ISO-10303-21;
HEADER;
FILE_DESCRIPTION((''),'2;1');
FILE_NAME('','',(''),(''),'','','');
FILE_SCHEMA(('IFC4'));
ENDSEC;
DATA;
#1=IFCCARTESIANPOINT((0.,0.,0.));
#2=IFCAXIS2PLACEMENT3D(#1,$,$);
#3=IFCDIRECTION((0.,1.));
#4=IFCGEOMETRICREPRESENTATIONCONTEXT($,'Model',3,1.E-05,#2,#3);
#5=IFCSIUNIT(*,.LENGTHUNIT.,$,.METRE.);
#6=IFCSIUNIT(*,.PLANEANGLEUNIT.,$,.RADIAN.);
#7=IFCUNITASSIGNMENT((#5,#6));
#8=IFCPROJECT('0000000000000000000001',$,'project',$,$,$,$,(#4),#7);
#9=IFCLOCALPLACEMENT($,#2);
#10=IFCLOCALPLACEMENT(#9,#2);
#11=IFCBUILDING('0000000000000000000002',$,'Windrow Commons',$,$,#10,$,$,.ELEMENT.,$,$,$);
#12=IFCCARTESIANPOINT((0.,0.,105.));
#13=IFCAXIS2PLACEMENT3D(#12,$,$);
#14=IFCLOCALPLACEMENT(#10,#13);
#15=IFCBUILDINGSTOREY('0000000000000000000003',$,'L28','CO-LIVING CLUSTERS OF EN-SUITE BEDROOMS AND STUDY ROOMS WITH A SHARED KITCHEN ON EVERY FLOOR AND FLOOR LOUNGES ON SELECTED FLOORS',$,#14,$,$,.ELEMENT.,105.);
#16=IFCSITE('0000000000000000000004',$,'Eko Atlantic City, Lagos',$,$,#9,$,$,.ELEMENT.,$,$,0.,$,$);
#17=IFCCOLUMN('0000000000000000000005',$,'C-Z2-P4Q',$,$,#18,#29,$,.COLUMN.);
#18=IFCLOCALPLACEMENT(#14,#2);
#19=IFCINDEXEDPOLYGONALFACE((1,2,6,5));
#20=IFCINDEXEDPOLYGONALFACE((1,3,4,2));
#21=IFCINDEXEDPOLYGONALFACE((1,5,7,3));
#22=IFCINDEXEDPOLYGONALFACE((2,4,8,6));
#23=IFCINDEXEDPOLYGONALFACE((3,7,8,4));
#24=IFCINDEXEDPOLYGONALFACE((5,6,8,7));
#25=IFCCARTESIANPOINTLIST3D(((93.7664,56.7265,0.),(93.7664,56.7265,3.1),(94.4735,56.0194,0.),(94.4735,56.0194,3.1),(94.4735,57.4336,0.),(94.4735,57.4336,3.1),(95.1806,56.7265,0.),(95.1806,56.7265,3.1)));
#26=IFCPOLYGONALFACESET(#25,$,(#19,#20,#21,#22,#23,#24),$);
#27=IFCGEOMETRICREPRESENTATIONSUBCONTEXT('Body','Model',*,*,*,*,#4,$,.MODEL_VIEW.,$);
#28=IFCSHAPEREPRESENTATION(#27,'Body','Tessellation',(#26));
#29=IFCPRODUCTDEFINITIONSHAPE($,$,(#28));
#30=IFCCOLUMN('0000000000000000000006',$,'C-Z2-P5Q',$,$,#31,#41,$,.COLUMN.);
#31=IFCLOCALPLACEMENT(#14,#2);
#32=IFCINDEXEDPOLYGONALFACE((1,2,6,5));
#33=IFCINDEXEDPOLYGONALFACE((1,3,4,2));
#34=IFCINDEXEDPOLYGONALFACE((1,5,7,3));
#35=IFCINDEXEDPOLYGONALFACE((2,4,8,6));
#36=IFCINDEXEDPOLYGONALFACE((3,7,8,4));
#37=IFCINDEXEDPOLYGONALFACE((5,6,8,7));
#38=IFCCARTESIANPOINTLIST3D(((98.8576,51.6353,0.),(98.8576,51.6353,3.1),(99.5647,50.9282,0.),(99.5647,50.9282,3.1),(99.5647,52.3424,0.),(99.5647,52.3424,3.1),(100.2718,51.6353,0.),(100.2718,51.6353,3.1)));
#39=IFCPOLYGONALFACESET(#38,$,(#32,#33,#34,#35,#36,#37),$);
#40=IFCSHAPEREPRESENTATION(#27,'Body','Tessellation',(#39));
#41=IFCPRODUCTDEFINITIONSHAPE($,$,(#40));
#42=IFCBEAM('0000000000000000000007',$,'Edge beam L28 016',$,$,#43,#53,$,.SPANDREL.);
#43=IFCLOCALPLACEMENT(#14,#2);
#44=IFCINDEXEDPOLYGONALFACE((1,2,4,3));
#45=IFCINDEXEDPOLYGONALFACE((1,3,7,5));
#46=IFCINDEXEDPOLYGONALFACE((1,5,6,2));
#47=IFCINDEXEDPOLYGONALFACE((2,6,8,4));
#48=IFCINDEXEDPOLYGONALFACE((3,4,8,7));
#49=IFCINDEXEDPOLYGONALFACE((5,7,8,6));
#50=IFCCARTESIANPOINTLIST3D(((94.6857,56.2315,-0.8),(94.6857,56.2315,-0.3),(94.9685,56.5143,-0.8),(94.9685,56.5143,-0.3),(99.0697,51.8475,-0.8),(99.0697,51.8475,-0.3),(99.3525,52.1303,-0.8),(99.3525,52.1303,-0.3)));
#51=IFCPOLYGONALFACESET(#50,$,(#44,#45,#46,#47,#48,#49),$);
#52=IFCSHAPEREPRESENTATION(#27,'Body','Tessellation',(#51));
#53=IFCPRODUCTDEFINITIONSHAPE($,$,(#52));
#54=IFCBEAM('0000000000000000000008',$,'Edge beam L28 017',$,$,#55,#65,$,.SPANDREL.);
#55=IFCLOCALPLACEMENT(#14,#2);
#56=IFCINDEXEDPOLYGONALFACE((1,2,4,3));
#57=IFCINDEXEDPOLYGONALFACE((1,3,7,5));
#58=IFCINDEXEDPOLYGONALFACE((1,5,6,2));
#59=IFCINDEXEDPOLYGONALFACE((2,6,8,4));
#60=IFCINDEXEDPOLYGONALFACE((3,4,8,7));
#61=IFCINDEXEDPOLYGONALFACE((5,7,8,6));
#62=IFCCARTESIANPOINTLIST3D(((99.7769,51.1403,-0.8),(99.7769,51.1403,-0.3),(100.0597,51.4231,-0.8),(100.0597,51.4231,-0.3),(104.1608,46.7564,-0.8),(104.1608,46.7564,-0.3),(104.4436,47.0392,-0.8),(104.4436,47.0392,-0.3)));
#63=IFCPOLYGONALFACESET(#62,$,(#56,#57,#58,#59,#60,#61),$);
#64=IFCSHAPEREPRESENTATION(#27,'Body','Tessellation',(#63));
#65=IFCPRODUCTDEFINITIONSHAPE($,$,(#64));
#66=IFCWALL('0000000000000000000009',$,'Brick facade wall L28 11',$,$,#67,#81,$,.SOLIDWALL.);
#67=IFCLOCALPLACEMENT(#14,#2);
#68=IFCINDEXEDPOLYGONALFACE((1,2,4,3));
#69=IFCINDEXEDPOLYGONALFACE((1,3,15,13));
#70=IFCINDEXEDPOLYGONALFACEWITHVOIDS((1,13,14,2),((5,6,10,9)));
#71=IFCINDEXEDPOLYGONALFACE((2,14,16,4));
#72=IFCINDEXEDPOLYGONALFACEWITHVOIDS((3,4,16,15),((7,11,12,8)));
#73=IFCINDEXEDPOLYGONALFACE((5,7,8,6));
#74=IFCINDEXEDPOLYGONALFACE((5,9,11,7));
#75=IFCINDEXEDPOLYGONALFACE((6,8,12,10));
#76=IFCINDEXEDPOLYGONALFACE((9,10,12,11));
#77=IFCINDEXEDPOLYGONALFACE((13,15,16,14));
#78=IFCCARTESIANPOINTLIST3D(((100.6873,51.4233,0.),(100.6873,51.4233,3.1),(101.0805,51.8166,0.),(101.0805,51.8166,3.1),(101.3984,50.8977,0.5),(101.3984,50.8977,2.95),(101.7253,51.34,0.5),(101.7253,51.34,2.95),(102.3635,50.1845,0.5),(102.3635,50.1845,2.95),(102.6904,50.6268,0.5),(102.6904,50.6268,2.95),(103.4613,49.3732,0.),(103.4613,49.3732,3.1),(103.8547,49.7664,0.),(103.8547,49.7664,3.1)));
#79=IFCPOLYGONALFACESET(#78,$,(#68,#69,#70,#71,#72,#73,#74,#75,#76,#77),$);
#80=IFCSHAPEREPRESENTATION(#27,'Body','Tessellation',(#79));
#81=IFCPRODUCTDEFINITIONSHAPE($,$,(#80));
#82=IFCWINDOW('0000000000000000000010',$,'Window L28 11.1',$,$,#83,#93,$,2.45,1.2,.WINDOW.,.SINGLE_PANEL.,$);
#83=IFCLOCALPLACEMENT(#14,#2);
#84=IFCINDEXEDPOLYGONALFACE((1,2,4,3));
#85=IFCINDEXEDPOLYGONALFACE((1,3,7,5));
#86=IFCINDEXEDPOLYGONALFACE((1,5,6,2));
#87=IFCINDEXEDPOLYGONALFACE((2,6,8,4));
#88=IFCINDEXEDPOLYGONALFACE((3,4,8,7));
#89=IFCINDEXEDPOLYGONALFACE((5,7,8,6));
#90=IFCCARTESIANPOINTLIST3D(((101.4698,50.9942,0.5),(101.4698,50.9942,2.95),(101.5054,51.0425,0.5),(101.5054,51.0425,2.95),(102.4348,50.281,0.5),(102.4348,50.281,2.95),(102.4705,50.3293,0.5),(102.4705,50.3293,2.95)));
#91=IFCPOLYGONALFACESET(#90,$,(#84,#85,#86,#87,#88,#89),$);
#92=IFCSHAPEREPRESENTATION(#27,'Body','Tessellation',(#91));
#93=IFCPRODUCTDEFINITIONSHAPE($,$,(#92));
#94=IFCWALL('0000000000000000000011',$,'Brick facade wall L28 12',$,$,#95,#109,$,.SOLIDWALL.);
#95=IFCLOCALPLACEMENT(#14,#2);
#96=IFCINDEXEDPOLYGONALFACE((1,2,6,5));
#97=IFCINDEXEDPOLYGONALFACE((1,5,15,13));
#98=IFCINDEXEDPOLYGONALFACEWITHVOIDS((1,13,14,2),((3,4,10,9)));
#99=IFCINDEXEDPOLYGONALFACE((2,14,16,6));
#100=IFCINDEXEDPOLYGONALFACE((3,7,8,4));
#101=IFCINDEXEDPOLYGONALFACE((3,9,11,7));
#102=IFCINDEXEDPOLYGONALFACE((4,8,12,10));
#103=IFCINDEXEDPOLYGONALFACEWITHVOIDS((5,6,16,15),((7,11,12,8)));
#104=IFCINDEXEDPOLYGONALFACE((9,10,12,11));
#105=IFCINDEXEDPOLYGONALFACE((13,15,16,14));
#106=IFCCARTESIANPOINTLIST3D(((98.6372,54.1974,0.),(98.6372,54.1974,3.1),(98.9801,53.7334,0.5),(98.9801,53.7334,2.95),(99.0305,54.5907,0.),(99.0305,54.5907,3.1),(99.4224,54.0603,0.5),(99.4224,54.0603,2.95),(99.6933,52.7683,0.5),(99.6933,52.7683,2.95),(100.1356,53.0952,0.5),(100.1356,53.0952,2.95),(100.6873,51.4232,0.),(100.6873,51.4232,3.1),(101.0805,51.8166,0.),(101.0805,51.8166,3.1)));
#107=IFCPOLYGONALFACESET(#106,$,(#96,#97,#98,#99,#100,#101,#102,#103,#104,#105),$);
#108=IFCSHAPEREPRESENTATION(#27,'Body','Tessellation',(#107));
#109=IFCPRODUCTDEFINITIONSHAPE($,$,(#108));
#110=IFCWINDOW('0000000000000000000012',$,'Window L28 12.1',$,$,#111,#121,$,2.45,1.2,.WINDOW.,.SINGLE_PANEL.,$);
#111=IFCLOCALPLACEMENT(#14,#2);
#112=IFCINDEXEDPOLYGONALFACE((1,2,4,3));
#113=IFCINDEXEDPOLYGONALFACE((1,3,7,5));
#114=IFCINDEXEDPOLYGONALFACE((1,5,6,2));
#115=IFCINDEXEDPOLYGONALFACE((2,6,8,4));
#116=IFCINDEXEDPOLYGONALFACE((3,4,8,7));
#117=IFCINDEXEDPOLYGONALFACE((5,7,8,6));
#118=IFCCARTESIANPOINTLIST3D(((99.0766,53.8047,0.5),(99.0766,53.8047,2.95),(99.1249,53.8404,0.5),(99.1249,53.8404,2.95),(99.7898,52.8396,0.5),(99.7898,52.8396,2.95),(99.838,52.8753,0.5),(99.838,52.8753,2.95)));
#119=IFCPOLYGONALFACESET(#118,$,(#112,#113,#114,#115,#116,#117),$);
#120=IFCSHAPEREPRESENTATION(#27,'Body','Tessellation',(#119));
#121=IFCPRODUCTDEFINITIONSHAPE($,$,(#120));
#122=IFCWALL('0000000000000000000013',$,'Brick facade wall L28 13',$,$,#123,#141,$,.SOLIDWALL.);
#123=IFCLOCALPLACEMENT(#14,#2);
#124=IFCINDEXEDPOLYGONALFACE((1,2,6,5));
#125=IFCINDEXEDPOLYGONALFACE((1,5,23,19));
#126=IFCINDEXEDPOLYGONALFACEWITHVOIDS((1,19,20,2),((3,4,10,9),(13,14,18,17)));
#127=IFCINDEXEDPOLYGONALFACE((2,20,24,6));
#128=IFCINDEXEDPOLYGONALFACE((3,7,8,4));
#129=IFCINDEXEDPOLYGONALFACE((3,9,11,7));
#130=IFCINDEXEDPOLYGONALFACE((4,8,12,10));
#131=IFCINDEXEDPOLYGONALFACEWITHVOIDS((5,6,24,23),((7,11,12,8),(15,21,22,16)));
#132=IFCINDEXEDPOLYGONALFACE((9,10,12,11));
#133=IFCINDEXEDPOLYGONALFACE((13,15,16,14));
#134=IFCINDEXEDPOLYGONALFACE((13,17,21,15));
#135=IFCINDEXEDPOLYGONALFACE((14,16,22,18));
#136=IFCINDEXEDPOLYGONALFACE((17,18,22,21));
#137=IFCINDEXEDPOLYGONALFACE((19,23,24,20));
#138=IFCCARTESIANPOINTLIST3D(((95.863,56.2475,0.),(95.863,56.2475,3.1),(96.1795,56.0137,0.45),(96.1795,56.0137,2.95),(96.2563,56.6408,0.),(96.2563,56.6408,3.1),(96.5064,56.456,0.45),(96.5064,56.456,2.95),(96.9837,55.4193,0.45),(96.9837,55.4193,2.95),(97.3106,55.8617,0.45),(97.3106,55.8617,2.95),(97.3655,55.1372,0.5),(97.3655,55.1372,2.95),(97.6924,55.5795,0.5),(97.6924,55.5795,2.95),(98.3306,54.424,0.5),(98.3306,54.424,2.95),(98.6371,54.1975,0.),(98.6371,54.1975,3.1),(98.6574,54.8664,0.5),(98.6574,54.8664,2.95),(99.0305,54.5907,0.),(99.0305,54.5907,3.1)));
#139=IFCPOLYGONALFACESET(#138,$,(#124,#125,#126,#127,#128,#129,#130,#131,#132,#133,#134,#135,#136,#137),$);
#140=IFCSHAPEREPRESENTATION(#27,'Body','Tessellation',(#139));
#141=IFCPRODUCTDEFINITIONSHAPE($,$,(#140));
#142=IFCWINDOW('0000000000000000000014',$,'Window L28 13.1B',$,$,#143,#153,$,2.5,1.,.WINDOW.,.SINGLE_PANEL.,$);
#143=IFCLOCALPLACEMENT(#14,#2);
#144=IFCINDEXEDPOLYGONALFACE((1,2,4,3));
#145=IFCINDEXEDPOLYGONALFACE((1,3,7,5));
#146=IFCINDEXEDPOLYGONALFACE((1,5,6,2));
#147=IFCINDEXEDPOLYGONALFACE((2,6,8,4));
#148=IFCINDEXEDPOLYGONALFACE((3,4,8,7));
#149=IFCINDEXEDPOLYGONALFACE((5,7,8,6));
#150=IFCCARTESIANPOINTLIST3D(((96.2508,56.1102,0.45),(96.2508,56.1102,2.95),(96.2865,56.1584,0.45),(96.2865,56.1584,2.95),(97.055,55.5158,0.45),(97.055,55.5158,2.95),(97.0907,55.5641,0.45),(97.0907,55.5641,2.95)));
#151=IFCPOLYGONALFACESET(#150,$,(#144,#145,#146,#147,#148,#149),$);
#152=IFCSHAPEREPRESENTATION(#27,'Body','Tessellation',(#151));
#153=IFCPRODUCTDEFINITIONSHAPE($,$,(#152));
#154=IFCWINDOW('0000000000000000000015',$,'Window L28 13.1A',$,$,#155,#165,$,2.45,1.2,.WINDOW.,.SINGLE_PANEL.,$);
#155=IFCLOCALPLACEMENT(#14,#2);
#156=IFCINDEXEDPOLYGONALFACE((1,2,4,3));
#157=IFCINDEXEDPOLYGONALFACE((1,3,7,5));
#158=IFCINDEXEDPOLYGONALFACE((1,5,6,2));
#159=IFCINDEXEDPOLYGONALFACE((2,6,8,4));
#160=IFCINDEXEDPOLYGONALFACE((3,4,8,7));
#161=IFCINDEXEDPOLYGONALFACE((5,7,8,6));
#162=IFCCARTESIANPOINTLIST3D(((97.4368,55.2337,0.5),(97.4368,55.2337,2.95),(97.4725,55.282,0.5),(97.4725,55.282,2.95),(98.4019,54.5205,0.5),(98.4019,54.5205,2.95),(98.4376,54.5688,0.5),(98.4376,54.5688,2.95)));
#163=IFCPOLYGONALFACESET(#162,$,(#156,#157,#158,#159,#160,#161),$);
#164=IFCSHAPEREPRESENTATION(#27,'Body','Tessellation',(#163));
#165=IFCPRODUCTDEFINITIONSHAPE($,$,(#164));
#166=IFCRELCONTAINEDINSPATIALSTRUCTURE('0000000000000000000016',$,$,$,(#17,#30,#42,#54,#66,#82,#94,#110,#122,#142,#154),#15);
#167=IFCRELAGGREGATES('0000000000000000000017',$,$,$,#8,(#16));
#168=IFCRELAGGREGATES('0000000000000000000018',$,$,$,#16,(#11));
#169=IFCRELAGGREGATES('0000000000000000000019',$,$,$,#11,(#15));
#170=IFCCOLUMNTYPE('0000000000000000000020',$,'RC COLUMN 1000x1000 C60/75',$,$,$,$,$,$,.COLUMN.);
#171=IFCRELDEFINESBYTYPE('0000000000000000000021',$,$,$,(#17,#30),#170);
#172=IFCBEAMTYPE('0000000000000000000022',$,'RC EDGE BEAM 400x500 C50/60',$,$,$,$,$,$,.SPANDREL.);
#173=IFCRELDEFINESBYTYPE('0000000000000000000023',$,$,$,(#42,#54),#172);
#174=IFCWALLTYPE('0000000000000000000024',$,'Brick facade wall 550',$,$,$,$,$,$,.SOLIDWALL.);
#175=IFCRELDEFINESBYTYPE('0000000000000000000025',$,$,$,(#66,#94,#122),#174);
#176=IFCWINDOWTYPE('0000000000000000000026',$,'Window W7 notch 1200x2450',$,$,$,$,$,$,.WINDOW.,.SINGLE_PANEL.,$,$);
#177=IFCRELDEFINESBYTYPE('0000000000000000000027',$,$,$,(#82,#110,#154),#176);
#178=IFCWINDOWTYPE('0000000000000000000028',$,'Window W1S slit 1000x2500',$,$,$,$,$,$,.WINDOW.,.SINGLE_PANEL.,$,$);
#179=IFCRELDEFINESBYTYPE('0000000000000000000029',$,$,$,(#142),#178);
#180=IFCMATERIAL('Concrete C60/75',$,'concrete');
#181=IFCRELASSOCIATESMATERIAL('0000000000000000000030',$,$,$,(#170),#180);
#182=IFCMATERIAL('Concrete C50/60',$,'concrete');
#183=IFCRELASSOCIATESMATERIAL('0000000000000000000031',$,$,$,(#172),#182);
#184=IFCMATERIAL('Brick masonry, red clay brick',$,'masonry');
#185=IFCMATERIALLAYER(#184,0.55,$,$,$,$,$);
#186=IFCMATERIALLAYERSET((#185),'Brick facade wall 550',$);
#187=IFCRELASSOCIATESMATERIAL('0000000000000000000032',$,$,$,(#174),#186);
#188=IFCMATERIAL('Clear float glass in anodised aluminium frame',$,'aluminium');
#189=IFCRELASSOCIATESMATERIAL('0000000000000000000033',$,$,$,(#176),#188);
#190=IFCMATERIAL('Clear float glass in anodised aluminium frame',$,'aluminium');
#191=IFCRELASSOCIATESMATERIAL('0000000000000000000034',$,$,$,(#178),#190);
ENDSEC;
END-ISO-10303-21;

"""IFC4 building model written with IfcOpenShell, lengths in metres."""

from ifc_helpers import new_model, si_unit, direction, frame, frame_2d, origin, origin_2d, place, context, subcontext, project, spatial, polyline, rectangle, outline, extrude, material, layer, layer_set, material_profile, profile_set, type_object, element, fill, save


model = new_model("IFC4")

# Units and contexts
model_context = context("Model", 3, precision=1e-05, world=origin(), true_north=direction((0.0, 1.0)))
body_context = subcontext(model_context, "Body", "Model", "MODEL_VIEW")
ifc_project = project(units=[si_unit("LENGTHUNIT", "METRE"), si_unit("PLANEANGLEUNIT", "RADIAN")], contexts=[model_context])

# Site, building, storey
site_placement = place(None, origin())
site = spatial("IfcSite", under=ifc_project, at=site_placement, Name="Eko Atlantic City, Lagos", CompositionType="ELEMENT", RefElevation=0.0)
building_placement = place(site_placement, origin())
building = spatial("IfcBuilding", under=site, at=building_placement, Name="Windrow Commons", CompositionType="ELEMENT")
storey_placement = place(building_placement, frame((0.0, 0.0, 105.0)))
storey = spatial("IfcBuildingStorey", under=building, at=storey_placement, Name="L28", Description="CO-LIVING CLUSTERS OF EN-SUITE BEDROOMS AND STUDY ROOMS WITH A SHARED KITCHEN ON EVERY FLOOR AND FLOOR LOUNGES ON SELECTED FLOORS", CompositionType="ELEMENT", Elevation=105.0)

# Columns
ifc_material_1 = material(Name="Concrete C60/75", Category="concrete")
ifc_material_profile_1 = material_profile(ifc_material_1, rectangle(XDim=1.0, YDim=1.0, at=origin_2d()))
ifc_profile_set_1 = profile_set([ifc_material_profile_1], Name="Concrete C60/75")
column_type = type_object("IfcColumnType", Name="RC COLUMN 1000x1000 C60/75", PredefinedType="COLUMN", material=ifc_profile_set_1)
for number, where, z_axis, x_axis, name in (
    (1, (94.4735, 56.7265, 0.0), (0.0, 0.0, 1.0), (0.707107, -0.707107, 0.0), "C-Z2-P4Q"),
    (2, (99.5647, 51.6353, 0.0), (0.0, 0.0, 1.0), (0.707107, -0.707107, 0.0), "C-Z2-P5Q"),
):
    element("IfcColumn", number, at=place(storey_placement, frame(where, z_axis=z_axis, x_axis=x_axis)), inside=storey, type_object=column_type, Name=name, PredefinedType="COLUMN", context=body_context, shape_type="SweptSolid", body=[
        extrude(rectangle(XDim=1.0, YDim=1.0, at=origin_2d()), origin(), (0.0, 0.0, 1.0), 3.1),
    ])

# Beams
ifc_material_2 = material(Name="Concrete C50/60", Category="concrete")
ifc_material_profile_2 = material_profile(ifc_material_2, rectangle(XDim=0.4, YDim=0.5, at=origin_2d()))
ifc_profile_set_2 = profile_set([ifc_material_profile_2], Name="Concrete C50/60")
beam_type = type_object("IfcBeamType", Name="RC EDGE BEAM 400x500 C50/60", PredefinedType="SPANDREL", material=ifc_profile_set_2)
beam_1_placement = place(storey_placement, frame((94.8271, 56.3729, -0.55), z_axis=(0.707107, -0.707107, 0.0), x_axis=(0.707107, 0.707107, 0.0)))
element("IfcBeam", 3, at=beam_1_placement, inside=storey, type_object=beam_type, Name="Edge beam L28 016", PredefinedType="SPANDREL", context=body_context, shape_type="SweptSolid", body=[
    extrude(rectangle(XDim=0.4, YDim=0.5, at=origin_2d()), origin(), (0.0, 0.0, 1.0), 6.1999),
])
beam_2_placement = place(storey_placement, frame((99.9183, 51.2817, -0.55), z_axis=(0.707107, -0.707107, 0.0), x_axis=(0.707107, 0.707107, 0.0)))
element("IfcBeam", 4, at=beam_2_placement, inside=storey, type_object=beam_type, Name="Edge beam L28 017", PredefinedType="SPANDREL", context=body_context, shape_type="SweptSolid", body=[
    extrude(rectangle(XDim=0.4, YDim=0.5, at=origin_2d()), origin(), (0.0, 0.0, 1.0), 6.1998),
])

# Walls, openings, windows
ifc_material_3 = material(Name="Brick masonry, red clay brick", Category="masonry")
ifc_layer_1 = layer(ifc_material_3, 0.55)
ifc_layer_set_1 = layer_set([ifc_layer_1], Name="Brick facade wall 550")
wall_type_1 = type_object("IfcWallType", Name="Brick facade wall 550", PredefinedType="SOLIDWALL", material=ifc_layer_set_1)
wall_1_placement = place(storey_placement, frame((103.658, 49.5698, 0.0), z_axis=(0.0, 0.0, 1.0), x_axis=(-0.804221, 0.594331, 0.0)))
wall_1 = element("IfcWall", 5, at=wall_1_placement, inside=storey, type_object=wall_type_1, Name="Brick facade wall L28 11", PredefinedType="SOLIDWALL", context=body_context, shape_type="SweptSolid", body=[
    extrude(outline(polyline([(-0.0413, -0.275), (3.4082, -0.275), (3.4907, 0.275), (0.0413, 0.275), (-0.0413, -0.275)])), origin(), (0.0, 0.0, 1.0), 3.1),
])
opening_1_placement = place(wall_1_placement, frame((1.4064, 0.0, 0.5)))
opening_1 = element("IfcOpeningElement", 6, at=opening_1_placement, cuts=wall_1, PredefinedType="OPENING", context=body_context, shape_type="SweptSolid", body=[
    extrude(rectangle(XDim=1.2, YDim=2.45, at=frame_2d((0.6, 1.225))), frame((0.0, 0.285, 0.0), z_axis=(0.0, -1.0, 0.0), x_axis=(1.0, 0.0, 0.0)), (0.0, 0.0, 1.0), 0.57),
])
ifc_material_4 = material(Name="Clear float glass in anodised aluminium frame", Category="aluminium")
window_type_1 = type_object("IfcWindowType", Name="Window W7 notch 1200x2450", PartitioningType="SINGLE_PANEL", PredefinedType="WINDOW", material=ifc_material_4)
window_1_placement = place(opening_1_placement, origin())
window_1 = element("IfcWindow", 7, at=window_1_placement, inside=storey, type_object=window_type_1, Name="Window L28 11.1", OverallHeight=2.45, OverallWidth=1.2, PartitioningType="SINGLE_PANEL", PredefinedType="WINDOW", context=body_context, shape_type="SweptSolid", body=[
    extrude(rectangle(XDim=1.2, YDim=2.45, at=frame_2d((0.6, 1.225))), frame((0.0, 0.155, 0.0), z_axis=(0.0, -1.0, 0.0), x_axis=(1.0, 0.0, 0.0)), (0.0, 0.0, 1.0), 0.06),
])
fill(opening_1, window_1)
wall_2_placement = place(storey_placement, frame((100.8839, 51.6199, 0.0), z_axis=(0.0, 0.0, 1.0), x_axis=(-0.594317, 0.804231, 0.0)))
wall_2 = element("IfcWall", 8, at=wall_2_placement, inside=storey, type_object=wall_type_1, Name="Brick facade wall L28 12", PredefinedType="SOLIDWALL", context=body_context, shape_type="SweptSolid", body=[
    extrude(outline(polyline([(0.0413, -0.275), (3.4907, -0.275), (3.4082, 0.275), (-0.0413, 0.275), (0.0413, -0.275)])), origin(), (0.0, 0.0, 1.0), 3.1),
])
opening_2_placement = place(wall_2_placement, frame((1.6312, 0.0, 0.5)))
opening_2 = element("IfcOpeningElement", 9, at=opening_2_placement, cuts=wall_2, PredefinedType="OPENING", context=body_context, shape_type="SweptSolid", body=[
    extrude(rectangle(XDim=1.2, YDim=2.45, at=frame_2d((0.6, 1.225))), frame((0.0, 0.285, 0.0), z_axis=(0.0, -1.0, 0.0), x_axis=(1.0, 0.0, 0.0)), (0.0, 0.0, 1.0), 0.57),
])
window_2_placement = place(opening_2_placement, origin())
window_2 = element("IfcWindow", 10, at=window_2_placement, inside=storey, type_object=window_type_1, Name="Window L28 12.1", OverallHeight=2.45, OverallWidth=1.2, PartitioningType="SINGLE_PANEL", PredefinedType="WINDOW", context=body_context, shape_type="SweptSolid", body=[
    extrude(rectangle(XDim=1.2, YDim=2.45, at=frame_2d((0.6, 1.225))), frame((0.0, 0.155, 0.0), z_axis=(0.0, -1.0, 0.0), x_axis=(1.0, 0.0, 0.0)), (0.0, 0.0, 1.0), 0.06),
])
fill(opening_2, window_2)

# Wall, openings, windows
wall_3_placement = place(storey_placement, frame((98.8338, 54.3941, 0.0), z_axis=(0.0, 0.0, 1.0), x_axis=(-0.804231, 0.594317, 0.0)))
wall_3 = element("IfcWall", 11, at=wall_3_placement, inside=storey, type_object=wall_type_1, Name="Brick facade wall L28 13", PredefinedType="SOLIDWALL", context=body_context, shape_type="SweptSolid", body=[
    extrude(outline(polyline([(-0.0413, -0.275), (3.4082, -0.275), (3.4907, 0.275), (0.0413, 0.275), (-0.0413, -0.275)])), origin(), (0.0, 0.0, 1.0), 3.1),
])
opening_3_placement = place(wall_3_placement, frame((0.4225, 0.0, 0.5)))
opening_3 = element("IfcOpeningElement", 12, at=opening_3_placement, cuts=wall_3, PredefinedType="OPENING", context=body_context, shape_type="SweptSolid", body=[
    extrude(rectangle(XDim=1.2, YDim=2.45, at=frame_2d((0.6, 1.225))), frame((0.0, 0.285, 0.0), z_axis=(0.0, -1.0, 0.0), x_axis=(1.0, 0.0, 0.0)), (0.0, 0.0, 1.0), 0.57),
])
opening_4_placement = place(wall_3_placement, frame((2.0972, 0.0, 0.45)))
opening_4 = element("IfcOpeningElement", 13, at=opening_4_placement, cuts=wall_3, PredefinedType="OPENING", context=body_context, shape_type="SweptSolid", body=[
    extrude(rectangle(XDim=1.0, YDim=2.5, at=frame_2d((0.5, 1.25))), frame((0.0, 0.285, 0.0), z_axis=(0.0, -1.0, 0.0), x_axis=(1.0, 0.0, 0.0)), (0.0, 0.0, 1.0), 0.57),
])
ifc_material_5 = material(Name="Clear float glass in anodised aluminium frame", Category="aluminium")
window_type_2 = type_object("IfcWindowType", Name="Window W1S slit 1000x2500", PartitioningType="SINGLE_PANEL", PredefinedType="WINDOW", material=ifc_material_5)
window_3_placement = place(opening_4_placement, origin())
window_3 = element("IfcWindow", 14, at=window_3_placement, inside=storey, type_object=window_type_2, Name="Window L28 13.1B", OverallHeight=2.5, OverallWidth=1.0, PartitioningType="SINGLE_PANEL", PredefinedType="WINDOW", context=body_context, shape_type="SweptSolid", body=[
    extrude(rectangle(XDim=1.0, YDim=2.5, at=frame_2d((0.5, 1.25))), frame((0.0, 0.155, 0.0), z_axis=(0.0, -1.0, 0.0), x_axis=(1.0, 0.0, 0.0)), (0.0, 0.0, 1.0), 0.06),
])
fill(opening_4, window_3)
window_4_placement = place(opening_3_placement, origin())
window_4 = element("IfcWindow", 15, at=window_4_placement, inside=storey, type_object=window_type_1, Name="Window L28 13.1A", OverallHeight=2.45, OverallWidth=1.2, PartitioningType="SINGLE_PANEL", PredefinedType="WINDOW", context=body_context, shape_type="SweptSolid", body=[
    extrude(rectangle(XDim=1.2, YDim=2.45, at=frame_2d((0.6, 1.225))), frame((0.0, 0.155, 0.0), z_axis=(0.0, -1.0, 0.0), x_axis=(1.0, 0.0, 0.0)), (0.0, 0.0, 1.0), 0.06),
])
fill(opening_3, window_4)

save(model, "model.ifc")
